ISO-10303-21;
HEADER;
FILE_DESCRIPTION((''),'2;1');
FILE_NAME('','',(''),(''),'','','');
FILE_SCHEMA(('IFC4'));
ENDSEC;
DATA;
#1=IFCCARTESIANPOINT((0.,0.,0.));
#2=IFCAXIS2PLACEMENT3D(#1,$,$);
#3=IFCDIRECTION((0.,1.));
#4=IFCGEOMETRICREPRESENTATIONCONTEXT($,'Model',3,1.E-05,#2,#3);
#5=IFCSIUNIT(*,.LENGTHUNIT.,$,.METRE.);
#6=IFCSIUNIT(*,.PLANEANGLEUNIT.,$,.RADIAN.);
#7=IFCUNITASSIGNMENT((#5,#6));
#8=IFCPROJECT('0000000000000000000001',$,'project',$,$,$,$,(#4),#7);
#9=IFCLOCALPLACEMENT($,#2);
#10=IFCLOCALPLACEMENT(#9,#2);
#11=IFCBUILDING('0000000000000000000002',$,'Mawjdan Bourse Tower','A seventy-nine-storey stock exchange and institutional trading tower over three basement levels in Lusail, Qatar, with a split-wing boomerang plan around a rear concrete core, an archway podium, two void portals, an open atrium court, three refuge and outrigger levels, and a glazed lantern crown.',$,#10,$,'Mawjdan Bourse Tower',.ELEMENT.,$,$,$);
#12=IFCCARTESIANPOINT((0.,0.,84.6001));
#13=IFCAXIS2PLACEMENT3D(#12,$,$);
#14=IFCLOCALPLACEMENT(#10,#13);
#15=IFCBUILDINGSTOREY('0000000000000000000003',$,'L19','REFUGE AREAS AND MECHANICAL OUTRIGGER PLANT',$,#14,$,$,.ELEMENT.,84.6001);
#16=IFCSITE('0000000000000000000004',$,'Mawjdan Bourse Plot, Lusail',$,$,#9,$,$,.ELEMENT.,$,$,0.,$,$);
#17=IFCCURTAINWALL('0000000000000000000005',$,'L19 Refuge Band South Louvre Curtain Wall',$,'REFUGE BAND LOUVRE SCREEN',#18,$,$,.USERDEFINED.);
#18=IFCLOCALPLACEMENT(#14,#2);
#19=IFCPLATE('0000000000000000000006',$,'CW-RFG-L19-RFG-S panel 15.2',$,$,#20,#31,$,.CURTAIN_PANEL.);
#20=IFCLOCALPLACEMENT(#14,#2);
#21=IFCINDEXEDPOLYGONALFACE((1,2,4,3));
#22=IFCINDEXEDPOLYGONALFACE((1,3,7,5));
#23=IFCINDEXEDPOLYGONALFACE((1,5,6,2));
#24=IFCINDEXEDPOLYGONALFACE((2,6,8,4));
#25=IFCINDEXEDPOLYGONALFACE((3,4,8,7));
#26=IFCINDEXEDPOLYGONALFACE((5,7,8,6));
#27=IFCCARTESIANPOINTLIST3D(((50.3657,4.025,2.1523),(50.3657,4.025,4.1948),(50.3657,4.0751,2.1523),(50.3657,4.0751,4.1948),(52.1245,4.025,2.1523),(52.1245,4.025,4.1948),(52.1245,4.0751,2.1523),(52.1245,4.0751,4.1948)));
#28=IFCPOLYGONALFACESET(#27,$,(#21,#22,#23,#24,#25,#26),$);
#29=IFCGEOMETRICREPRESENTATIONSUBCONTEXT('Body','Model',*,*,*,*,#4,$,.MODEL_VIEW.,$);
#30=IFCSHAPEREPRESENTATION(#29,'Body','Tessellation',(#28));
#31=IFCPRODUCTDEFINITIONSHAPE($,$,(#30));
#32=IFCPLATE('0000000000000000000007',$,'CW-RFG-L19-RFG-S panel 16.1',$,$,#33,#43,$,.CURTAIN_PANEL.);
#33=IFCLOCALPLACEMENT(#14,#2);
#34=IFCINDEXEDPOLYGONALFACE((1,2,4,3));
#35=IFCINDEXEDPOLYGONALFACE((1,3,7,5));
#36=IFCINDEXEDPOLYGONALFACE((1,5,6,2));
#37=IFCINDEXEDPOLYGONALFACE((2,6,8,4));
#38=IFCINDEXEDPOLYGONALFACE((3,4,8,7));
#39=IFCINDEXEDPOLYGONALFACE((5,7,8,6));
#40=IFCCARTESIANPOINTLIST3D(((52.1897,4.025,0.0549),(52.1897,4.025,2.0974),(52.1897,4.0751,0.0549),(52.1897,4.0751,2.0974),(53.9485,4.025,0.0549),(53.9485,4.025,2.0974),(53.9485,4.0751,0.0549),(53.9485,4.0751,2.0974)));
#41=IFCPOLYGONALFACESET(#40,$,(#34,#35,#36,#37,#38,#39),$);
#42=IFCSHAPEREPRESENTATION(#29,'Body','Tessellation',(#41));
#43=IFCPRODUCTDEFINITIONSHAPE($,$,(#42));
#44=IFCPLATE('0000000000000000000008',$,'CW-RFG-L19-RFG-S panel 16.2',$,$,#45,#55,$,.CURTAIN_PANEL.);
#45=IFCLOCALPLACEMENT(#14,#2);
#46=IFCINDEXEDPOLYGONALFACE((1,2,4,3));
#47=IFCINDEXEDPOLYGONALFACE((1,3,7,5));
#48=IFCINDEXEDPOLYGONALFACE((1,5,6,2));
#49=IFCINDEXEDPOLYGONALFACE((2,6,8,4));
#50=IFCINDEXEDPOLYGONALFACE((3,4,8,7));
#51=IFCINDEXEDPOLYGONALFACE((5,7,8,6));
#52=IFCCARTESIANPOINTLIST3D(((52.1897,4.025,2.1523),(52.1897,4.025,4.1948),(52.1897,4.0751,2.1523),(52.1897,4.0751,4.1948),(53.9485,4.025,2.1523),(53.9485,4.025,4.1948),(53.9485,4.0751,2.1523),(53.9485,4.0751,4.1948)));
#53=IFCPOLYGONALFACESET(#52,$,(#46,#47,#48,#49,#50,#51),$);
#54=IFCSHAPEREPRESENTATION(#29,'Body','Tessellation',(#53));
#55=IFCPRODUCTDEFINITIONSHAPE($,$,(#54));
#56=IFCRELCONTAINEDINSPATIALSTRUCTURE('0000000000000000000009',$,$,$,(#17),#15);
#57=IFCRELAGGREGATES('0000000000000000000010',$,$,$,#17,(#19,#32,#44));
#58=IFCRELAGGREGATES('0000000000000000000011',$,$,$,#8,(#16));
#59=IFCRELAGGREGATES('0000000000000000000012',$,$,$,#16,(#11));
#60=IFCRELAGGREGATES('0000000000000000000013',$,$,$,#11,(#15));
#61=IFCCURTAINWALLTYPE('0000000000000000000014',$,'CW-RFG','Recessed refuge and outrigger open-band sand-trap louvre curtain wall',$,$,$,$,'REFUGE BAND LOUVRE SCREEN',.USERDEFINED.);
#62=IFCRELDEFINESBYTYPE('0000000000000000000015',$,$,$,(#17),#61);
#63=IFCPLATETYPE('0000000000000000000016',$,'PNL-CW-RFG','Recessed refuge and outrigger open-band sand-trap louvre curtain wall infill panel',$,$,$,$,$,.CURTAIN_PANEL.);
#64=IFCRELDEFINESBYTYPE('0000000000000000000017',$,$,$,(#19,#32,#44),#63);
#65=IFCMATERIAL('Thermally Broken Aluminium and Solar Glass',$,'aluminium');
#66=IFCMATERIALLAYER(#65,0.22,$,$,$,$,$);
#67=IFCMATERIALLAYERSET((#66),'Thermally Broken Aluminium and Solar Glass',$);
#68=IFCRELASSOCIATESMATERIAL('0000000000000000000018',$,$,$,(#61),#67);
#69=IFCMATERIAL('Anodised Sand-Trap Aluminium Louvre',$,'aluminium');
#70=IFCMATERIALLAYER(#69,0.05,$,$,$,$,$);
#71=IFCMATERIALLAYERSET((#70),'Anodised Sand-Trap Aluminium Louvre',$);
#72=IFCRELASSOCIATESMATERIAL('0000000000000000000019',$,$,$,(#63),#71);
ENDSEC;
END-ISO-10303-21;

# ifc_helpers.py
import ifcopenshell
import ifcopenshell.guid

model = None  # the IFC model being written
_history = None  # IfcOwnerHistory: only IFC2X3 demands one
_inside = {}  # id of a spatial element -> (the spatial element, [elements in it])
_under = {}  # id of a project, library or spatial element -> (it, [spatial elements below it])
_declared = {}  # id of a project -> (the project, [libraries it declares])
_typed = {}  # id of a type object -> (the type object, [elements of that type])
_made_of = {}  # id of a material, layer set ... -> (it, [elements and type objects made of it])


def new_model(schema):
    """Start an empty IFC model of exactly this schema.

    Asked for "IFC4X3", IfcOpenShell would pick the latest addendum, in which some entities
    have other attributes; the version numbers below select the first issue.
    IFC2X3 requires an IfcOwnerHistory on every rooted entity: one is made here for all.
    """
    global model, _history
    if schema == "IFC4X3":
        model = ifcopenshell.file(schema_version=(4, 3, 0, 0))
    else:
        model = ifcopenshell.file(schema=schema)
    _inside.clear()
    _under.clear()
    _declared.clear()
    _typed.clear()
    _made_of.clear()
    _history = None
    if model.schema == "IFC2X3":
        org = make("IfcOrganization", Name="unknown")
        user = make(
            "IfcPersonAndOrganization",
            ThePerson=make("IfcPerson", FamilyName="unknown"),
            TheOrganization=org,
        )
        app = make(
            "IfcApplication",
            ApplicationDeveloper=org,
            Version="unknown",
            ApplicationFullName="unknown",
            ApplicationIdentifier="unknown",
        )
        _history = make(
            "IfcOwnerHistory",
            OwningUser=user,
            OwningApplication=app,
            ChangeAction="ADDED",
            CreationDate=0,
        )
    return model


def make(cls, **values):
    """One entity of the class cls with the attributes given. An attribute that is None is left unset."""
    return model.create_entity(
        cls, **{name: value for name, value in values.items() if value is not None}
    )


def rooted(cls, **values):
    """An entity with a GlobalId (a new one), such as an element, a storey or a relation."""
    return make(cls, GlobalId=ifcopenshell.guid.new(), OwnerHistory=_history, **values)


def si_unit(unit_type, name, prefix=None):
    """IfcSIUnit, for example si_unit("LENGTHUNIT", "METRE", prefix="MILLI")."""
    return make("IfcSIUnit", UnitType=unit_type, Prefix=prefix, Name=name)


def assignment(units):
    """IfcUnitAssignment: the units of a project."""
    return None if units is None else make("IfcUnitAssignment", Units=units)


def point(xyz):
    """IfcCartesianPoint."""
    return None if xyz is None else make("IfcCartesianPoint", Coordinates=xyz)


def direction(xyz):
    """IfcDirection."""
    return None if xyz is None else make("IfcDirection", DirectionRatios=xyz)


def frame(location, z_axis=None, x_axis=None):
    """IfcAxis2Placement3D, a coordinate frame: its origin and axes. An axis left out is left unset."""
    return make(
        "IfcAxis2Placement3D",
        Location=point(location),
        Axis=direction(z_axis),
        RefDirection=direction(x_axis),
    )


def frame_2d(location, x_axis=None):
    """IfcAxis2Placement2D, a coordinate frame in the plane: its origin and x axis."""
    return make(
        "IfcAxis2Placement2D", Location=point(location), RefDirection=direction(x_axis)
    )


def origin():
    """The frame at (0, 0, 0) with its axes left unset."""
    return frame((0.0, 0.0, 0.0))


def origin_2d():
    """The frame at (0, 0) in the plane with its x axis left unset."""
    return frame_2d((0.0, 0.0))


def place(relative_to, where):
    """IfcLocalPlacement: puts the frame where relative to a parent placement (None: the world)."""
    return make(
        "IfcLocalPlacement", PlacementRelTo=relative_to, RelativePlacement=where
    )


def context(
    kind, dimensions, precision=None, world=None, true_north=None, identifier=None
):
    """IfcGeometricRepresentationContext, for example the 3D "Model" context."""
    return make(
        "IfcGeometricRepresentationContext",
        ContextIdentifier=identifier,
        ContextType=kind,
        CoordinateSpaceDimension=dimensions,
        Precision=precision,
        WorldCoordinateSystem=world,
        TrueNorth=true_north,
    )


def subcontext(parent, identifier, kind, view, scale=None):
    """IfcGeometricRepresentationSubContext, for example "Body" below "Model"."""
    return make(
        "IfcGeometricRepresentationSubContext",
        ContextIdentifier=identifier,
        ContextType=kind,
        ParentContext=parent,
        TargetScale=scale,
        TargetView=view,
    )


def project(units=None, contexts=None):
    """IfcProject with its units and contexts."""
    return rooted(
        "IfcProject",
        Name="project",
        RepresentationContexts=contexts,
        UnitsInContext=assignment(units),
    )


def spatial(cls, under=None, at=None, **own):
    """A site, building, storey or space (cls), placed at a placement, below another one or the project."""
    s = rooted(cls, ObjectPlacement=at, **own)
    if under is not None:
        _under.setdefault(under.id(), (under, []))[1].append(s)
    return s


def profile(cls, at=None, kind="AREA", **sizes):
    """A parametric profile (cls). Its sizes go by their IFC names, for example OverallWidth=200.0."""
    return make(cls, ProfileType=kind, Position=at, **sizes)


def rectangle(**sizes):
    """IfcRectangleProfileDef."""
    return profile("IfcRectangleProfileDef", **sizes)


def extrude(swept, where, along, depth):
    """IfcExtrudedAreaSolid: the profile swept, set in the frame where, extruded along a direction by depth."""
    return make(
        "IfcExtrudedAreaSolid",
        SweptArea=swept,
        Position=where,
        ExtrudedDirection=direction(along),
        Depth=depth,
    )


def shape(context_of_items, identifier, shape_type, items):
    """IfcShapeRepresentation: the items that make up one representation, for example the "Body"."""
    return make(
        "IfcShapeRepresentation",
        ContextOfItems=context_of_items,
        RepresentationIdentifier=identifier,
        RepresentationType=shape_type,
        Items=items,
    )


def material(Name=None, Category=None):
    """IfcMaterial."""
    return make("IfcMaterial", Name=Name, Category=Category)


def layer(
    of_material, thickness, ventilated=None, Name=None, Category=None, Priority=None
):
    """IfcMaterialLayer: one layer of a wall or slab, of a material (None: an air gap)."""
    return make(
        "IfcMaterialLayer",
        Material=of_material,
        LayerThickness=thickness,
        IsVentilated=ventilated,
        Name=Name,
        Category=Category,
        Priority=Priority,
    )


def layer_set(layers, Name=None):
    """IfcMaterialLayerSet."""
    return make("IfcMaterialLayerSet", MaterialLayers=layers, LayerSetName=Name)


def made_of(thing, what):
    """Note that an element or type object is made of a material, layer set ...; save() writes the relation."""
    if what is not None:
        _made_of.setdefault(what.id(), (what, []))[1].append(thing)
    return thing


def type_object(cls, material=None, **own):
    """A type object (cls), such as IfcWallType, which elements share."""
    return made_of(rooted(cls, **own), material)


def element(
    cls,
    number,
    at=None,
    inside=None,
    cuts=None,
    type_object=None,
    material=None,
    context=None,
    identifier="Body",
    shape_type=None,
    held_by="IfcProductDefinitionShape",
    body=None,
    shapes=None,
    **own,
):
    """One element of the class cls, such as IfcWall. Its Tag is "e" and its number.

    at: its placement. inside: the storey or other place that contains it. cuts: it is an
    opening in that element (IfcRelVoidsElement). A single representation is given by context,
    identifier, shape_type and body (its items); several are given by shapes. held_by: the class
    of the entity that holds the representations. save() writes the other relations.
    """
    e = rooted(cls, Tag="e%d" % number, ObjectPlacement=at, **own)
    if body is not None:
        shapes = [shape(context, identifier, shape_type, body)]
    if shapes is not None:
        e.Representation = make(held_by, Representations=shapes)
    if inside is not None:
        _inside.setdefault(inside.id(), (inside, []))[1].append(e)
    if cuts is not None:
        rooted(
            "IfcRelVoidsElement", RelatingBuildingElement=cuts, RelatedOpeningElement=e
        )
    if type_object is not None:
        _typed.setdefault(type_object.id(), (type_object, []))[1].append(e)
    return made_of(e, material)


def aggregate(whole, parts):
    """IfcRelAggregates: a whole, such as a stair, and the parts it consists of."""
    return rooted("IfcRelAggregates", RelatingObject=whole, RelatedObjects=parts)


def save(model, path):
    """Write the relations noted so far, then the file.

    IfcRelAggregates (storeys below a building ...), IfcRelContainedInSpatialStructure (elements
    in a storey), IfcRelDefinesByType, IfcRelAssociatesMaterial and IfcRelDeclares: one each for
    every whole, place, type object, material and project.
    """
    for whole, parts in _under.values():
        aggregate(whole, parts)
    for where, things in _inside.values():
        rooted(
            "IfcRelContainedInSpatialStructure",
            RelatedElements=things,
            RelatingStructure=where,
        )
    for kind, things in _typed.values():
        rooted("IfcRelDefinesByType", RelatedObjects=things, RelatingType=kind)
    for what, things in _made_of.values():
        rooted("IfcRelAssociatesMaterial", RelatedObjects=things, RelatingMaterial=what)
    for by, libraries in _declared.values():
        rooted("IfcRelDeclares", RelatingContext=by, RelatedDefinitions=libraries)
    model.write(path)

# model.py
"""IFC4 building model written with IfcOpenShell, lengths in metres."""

from ifc_helpers import new_model, si_unit, direction, frame, origin, origin_2d, place, context, subcontext, project, spatial, rectangle, extrude, material, layer, layer_set, type_object, element, aggregate, save


model = new_model("IFC4")

# Units and contexts
model_context = context("Model", 3, precision=1e-05, world=origin(), true_north=direction((0.0, 1.0)))
body_context = subcontext(model_context, "Body", "Model", "MODEL_VIEW")
ifc_project = project(units=[si_unit("LENGTHUNIT", "METRE"), si_unit("PLANEANGLEUNIT", "RADIAN")], contexts=[model_context])

# Site, building, storey
site_placement = place(None, origin())
site = spatial("IfcSite", under=ifc_project, at=site_placement, Name="Mawjdan Bourse Plot, Lusail", CompositionType="ELEMENT", RefElevation=0.0)
building_placement = place(site_placement, origin())
building = spatial("IfcBuilding", under=site, at=building_placement, Name="Mawjdan Bourse Tower", Description="A seventy-nine-storey stock exchange and institutional trading tower over three basement levels in Lusail, Qatar, with a split-wing boomerang plan around a rear concrete core, an archway podium, two void portals, an open atrium court, three refuge and outrigger levels, and a glazed lantern crown.", LongName="Mawjdan Bourse Tower", CompositionType="ELEMENT")
storey_placement = place(building_placement, frame((0.0, 0.0, 84.6001)))
storey = spatial("IfcBuildingStorey", under=building, at=storey_placement, Name="L19", Description="REFUGE AREAS AND MECHANICAL OUTRIGGER PLANT", CompositionType="ELEMENT", Elevation=84.6001)

# Curtain wall
ifc_material_1 = material(Name="Thermally Broken Aluminium and Solar Glass", Category="aluminium")
ifc_layer_1 = layer(ifc_material_1, 0.22)
ifc_layer_set_1 = layer_set([ifc_layer_1], Name="Thermally Broken Aluminium and Solar Glass")
curtain_wall_type = type_object("IfcCurtainWallType", Name="CW-RFG", Description="Recessed refuge and outrigger open-band sand-trap louvre curtain wall", ElementType="REFUGE BAND LOUVRE SCREEN", PredefinedType="USERDEFINED", material=ifc_layer_set_1)
curtain_wall_placement = place(storey_placement, origin())
curtain_wall = element("IfcCurtainWall", 1, at=curtain_wall_placement, inside=storey, type_object=curtain_wall_type, Name="L19 Refuge Band South Louvre Curtain Wall", ObjectType="REFUGE BAND LOUVRE SCREEN", PredefinedType="USERDEFINED")

# Plates
ifc_material_2 = material(Name="Anodised Sand-Trap Aluminium Louvre", Category="aluminium")
ifc_layer_2 = layer(ifc_material_2, 0.05)
ifc_layer_set_2 = layer_set([ifc_layer_2], Name="Anodised Sand-Trap Aluminium Louvre")
plate_type = type_object("IfcPlateType", Name="PNL-CW-RFG", Description="Recessed refuge and outrigger open-band sand-trap louvre curtain wall infill panel", PredefinedType="CURTAIN_PANEL", material=ifc_layer_set_2)
plate_1_placement = place(storey_placement, frame((51.2451, 4.05, 2.1523), z_axis=(0.0, 0.0, 1.0), x_axis=(1.0, 0.0, 0.0)))
plate_1 = element("IfcPlate", 2, at=plate_1_placement, type_object=plate_type, Name="CW-RFG-L19-RFG-S panel 15.2", PredefinedType="CURTAIN_PANEL", context=body_context, shape_type="SweptSolid", body=[
    extrude(rectangle(XDim=1.7588, YDim=0.05, at=origin_2d()), origin(), (0.0, 0.0, 1.0), 2.0425),
])
plate_2_placement = place(storey_placement, frame((53.0691, 4.05, 0.0549), z_axis=(0.0, 0.0, 1.0), x_axis=(1.0, 0.0, 0.0)))
plate_2 = element("IfcPlate", 3, at=plate_2_placement, type_object=plate_type, Name="CW-RFG-L19-RFG-S panel 16.1", PredefinedType="CURTAIN_PANEL", context=body_context, shape_type="SweptSolid", body=[
    extrude(rectangle(XDim=1.7588, YDim=0.05, at=origin_2d()), origin(), (0.0, 0.0, 1.0), 2.0425),
])
plate_3_placement = place(storey_placement, frame((53.0691, 4.05, 2.1523), z_axis=(0.0, 0.0, 1.0), x_axis=(1.0, 0.0, 0.0)))
plate_3 = element("IfcPlate", 4, at=plate_3_placement, type_object=plate_type, Name="CW-RFG-L19-RFG-S panel 16.2", PredefinedType="CURTAIN_PANEL", context=body_context, shape_type="SweptSolid", body=[
    extrude(rectangle(XDim=1.7588, YDim=0.05, at=origin_2d()), origin(), (0.0, 0.0, 1.0), 2.0425),
])
aggregate(curtain_wall, [plate_1, plate_2, plate_3])

save(model, "model.ifc")
